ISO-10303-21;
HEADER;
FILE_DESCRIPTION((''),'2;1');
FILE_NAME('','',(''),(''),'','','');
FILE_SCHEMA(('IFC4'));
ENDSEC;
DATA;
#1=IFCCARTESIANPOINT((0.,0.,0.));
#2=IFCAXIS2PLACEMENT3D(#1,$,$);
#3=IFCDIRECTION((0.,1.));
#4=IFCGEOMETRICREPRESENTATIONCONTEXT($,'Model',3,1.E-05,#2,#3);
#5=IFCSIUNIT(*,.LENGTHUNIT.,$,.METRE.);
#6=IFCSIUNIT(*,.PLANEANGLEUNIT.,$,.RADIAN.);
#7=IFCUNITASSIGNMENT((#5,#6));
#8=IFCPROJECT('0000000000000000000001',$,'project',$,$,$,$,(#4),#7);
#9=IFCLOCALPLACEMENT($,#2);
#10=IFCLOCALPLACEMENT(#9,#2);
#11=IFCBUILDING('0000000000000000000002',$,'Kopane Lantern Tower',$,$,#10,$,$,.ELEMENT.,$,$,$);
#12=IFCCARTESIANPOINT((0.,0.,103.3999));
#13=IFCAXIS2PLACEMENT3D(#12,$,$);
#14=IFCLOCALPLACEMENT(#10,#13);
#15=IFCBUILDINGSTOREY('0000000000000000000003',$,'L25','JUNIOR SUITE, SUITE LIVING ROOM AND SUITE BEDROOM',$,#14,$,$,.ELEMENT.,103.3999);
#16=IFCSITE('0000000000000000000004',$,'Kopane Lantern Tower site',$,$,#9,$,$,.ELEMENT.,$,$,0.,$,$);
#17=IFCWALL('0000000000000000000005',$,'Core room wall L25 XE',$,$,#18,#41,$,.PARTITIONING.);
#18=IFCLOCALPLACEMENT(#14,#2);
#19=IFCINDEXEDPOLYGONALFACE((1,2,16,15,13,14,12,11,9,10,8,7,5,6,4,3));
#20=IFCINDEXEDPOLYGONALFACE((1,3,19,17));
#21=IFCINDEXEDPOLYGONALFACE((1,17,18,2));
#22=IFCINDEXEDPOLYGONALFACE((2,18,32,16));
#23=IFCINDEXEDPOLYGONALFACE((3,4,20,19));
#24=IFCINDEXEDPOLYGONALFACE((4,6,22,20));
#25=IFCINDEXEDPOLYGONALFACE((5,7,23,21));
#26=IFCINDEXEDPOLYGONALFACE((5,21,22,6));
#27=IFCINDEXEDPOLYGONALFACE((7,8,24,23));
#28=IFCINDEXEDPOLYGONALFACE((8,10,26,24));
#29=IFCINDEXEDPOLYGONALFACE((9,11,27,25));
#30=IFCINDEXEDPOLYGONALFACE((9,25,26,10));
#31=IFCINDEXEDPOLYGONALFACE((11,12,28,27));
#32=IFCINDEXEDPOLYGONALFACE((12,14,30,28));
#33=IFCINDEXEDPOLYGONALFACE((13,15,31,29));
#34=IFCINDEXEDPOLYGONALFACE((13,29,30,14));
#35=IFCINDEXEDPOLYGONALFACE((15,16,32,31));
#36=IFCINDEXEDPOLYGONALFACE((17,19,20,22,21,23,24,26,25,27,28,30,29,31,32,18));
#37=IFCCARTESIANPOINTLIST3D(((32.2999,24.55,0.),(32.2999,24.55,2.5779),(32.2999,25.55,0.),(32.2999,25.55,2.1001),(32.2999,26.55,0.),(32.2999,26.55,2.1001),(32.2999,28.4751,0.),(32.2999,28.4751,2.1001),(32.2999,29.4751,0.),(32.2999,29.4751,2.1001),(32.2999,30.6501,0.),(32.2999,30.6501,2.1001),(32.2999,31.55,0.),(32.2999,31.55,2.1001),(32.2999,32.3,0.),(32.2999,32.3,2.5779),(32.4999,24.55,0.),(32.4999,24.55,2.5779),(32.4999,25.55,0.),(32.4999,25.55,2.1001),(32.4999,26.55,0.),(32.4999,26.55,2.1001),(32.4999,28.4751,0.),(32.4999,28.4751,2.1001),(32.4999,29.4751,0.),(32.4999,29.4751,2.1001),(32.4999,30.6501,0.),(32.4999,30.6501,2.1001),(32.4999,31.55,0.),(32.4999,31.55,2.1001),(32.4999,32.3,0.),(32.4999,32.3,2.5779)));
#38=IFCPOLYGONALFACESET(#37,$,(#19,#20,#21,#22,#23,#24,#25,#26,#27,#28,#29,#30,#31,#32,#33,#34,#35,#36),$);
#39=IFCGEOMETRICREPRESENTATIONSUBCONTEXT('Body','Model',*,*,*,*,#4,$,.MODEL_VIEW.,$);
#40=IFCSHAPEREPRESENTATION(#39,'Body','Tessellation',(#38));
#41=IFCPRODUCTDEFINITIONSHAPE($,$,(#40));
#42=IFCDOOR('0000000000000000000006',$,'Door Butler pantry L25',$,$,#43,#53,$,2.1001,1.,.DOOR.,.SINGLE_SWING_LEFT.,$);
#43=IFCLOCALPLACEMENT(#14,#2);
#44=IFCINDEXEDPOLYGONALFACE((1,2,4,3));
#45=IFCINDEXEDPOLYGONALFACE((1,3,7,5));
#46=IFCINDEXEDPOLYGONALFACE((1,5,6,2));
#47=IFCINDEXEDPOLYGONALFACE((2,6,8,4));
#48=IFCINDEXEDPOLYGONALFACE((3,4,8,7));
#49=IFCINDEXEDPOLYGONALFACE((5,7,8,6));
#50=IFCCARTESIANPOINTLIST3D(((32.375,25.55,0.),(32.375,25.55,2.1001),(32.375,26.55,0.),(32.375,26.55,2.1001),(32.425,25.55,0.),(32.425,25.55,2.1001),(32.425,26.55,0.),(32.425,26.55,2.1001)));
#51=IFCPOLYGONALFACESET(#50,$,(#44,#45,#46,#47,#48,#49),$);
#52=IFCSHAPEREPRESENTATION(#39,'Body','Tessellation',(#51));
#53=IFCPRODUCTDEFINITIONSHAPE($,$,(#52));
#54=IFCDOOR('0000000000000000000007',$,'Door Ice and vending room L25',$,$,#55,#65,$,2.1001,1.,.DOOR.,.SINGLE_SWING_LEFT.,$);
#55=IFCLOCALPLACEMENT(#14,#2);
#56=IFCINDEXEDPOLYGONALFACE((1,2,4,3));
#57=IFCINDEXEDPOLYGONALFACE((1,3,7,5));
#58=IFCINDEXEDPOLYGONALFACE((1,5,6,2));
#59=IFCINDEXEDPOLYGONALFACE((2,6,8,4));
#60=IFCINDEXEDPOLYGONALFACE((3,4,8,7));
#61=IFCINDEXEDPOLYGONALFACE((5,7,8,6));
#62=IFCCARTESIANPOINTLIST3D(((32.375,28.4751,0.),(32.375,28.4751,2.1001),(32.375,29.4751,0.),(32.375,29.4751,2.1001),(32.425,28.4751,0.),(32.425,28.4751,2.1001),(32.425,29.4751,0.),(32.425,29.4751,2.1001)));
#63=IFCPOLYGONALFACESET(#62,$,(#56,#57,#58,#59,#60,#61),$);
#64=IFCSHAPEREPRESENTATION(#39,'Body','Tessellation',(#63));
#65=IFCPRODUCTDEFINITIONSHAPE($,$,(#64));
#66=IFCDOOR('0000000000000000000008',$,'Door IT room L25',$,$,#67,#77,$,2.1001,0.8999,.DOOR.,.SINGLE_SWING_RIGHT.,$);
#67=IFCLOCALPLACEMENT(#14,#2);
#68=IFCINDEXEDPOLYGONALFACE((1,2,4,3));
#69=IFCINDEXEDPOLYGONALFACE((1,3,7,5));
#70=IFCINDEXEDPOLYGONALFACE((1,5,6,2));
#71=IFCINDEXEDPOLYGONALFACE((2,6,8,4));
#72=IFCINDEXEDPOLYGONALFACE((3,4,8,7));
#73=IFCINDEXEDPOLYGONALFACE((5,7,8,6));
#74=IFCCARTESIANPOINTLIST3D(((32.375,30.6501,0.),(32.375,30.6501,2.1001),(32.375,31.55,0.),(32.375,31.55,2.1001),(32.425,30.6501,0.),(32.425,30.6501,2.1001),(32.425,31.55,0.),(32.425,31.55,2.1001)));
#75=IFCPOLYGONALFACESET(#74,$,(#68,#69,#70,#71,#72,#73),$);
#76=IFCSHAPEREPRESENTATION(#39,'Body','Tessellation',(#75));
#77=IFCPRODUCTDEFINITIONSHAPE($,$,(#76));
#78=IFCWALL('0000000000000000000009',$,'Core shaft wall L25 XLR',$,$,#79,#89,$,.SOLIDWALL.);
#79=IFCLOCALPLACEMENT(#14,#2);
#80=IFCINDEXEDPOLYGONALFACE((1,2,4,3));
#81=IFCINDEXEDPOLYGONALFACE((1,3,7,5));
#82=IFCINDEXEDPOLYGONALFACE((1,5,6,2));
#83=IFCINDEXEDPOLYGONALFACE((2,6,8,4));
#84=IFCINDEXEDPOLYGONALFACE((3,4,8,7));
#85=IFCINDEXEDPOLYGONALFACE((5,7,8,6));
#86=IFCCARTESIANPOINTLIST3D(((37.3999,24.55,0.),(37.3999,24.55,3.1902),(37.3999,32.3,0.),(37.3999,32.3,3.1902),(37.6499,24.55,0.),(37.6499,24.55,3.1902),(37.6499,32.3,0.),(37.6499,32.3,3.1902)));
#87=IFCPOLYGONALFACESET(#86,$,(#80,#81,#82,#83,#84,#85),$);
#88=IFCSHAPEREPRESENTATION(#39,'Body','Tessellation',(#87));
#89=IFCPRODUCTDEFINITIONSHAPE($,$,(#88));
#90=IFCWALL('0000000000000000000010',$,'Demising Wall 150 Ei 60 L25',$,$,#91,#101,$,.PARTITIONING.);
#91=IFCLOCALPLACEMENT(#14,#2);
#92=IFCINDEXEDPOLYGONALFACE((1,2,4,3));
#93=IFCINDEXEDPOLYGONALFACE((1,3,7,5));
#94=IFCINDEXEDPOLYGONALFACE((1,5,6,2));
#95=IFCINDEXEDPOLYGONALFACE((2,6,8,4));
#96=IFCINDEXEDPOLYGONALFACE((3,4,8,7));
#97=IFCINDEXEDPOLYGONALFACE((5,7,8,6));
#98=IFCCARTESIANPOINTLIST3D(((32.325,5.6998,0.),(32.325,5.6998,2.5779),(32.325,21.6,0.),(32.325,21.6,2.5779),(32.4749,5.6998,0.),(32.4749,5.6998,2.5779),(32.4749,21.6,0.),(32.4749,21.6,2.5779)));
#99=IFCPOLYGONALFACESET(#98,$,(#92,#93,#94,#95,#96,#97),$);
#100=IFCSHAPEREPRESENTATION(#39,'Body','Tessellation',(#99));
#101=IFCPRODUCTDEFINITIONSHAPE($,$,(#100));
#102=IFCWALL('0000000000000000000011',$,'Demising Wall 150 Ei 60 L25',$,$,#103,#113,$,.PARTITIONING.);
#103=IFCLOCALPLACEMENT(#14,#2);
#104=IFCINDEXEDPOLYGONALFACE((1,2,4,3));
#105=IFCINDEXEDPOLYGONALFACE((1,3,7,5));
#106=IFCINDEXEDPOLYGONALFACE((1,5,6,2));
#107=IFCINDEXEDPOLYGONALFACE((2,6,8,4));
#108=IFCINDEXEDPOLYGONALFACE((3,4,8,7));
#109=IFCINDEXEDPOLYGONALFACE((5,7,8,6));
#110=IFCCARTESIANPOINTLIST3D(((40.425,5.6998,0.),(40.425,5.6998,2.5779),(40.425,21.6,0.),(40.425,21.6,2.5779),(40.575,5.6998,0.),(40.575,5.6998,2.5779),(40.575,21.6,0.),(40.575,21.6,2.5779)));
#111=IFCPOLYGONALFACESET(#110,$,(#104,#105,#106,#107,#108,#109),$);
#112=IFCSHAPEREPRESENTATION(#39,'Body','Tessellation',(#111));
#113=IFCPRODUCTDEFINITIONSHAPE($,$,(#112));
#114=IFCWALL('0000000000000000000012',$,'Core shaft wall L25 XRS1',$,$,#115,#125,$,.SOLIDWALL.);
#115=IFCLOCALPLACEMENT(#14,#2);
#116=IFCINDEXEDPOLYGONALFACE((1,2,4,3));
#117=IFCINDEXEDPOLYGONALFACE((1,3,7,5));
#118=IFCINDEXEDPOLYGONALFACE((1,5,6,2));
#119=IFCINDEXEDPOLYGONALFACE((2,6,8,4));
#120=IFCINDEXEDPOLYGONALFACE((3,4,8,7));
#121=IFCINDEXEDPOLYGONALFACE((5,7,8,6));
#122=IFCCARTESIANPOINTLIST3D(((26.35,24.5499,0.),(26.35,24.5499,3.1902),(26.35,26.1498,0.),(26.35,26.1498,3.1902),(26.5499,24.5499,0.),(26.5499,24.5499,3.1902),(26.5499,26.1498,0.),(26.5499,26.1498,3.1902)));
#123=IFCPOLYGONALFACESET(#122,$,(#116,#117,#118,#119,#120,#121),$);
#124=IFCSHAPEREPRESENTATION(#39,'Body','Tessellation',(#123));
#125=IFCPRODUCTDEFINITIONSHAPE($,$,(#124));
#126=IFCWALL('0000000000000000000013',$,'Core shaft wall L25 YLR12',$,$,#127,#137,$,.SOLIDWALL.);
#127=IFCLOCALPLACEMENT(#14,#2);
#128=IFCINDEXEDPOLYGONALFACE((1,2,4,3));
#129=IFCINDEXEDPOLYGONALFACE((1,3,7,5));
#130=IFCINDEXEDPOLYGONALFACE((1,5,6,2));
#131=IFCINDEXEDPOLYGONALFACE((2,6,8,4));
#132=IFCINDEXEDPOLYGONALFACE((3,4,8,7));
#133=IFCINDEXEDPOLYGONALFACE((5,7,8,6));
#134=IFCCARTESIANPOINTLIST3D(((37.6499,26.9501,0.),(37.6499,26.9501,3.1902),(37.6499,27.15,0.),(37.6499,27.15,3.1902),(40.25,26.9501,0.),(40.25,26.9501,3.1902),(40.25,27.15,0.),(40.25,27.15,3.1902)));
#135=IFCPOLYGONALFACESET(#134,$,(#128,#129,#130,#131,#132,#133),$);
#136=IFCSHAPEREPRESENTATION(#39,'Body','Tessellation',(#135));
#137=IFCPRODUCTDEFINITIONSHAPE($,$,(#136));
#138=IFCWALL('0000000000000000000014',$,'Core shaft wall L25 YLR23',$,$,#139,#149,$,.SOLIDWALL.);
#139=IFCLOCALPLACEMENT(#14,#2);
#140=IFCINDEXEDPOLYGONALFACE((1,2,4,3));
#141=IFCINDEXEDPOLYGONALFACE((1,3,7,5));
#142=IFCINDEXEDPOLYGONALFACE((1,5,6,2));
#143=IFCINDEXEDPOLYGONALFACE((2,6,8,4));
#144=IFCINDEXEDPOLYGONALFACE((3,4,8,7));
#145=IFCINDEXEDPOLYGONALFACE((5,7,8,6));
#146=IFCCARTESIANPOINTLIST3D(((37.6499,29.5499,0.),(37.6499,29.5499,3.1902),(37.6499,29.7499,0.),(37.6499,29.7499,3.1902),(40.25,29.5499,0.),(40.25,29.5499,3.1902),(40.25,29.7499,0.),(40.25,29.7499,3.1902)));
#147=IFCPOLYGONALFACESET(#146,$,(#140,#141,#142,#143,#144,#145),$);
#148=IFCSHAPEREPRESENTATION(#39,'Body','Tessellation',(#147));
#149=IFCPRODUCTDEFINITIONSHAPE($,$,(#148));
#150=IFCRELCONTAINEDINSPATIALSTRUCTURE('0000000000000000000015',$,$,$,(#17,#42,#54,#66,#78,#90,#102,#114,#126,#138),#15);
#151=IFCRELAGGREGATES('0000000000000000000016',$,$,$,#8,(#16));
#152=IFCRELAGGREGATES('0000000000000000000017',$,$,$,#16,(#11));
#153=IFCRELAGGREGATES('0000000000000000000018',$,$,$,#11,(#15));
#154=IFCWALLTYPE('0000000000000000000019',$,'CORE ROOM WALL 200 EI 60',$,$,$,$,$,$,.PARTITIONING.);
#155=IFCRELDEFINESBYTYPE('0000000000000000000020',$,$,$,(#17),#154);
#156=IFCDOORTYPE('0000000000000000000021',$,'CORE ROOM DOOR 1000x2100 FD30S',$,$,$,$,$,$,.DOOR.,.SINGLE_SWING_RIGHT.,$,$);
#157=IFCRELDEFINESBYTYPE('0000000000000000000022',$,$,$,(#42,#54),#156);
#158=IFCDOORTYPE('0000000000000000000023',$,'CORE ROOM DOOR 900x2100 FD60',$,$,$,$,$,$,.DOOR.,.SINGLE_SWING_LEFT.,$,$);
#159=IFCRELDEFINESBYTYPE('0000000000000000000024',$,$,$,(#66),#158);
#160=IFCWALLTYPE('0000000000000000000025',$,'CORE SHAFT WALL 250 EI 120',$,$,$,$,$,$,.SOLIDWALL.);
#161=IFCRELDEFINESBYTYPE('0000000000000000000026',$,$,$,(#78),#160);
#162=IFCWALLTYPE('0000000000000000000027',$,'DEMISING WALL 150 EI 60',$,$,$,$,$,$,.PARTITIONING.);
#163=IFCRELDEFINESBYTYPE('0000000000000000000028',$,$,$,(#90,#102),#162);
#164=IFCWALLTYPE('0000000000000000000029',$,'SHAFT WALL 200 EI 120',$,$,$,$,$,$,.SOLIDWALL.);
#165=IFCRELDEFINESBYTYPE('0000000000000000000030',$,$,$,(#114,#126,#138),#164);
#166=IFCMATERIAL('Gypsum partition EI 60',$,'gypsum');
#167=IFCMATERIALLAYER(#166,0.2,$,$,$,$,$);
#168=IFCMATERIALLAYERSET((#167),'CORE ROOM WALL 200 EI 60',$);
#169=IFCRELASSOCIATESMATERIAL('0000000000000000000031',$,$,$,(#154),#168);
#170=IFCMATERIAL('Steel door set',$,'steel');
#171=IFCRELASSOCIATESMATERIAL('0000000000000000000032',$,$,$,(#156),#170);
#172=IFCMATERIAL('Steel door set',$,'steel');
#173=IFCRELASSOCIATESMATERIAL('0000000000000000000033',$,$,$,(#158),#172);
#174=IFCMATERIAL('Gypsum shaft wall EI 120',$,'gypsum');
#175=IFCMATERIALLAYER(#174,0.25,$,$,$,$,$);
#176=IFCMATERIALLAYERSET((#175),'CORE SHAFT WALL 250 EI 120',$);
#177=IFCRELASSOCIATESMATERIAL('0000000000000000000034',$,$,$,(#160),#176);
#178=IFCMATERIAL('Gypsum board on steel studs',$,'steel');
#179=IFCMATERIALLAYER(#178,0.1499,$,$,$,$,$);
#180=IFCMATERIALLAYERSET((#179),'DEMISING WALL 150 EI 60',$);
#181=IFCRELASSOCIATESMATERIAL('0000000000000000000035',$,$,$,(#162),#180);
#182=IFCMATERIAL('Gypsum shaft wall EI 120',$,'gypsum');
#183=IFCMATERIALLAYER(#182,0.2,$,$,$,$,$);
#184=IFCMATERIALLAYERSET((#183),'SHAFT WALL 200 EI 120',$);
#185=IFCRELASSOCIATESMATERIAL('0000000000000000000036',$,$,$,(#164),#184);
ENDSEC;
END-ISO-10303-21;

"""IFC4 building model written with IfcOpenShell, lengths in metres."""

from ifc_helpers import new_model, si_unit, direction, frame, frame_2d, origin, place, context, subcontext, project, spatial, rectangle, extrude, material, layer, layer_set, type_object, element, fill, save


model = new_model("IFC4")

# Units and contexts
model_context = context("Model", 3, precision=1e-05, world=origin(), true_north=direction((0.0, 1.0)))
body_context = subcontext(model_context, "Body", "Model", "MODEL_VIEW")
ifc_project = project(units=[si_unit("LENGTHUNIT", "METRE"), si_unit("PLANEANGLEUNIT", "RADIAN")], contexts=[model_context])

# Site, building, storey
site_placement = place(None, origin())
site = spatial("IfcSite", under=ifc_project, at=site_placement, Name="Kopane Lantern Tower site", CompositionType="ELEMENT", RefElevation=0.0)
building_placement = place(site_placement, origin())
building = spatial("IfcBuilding", under=site, at=building_placement, Name="Kopane Lantern Tower", CompositionType="ELEMENT")
storey_placement = place(building_placement, frame((0.0, 0.0, 103.3999)))
storey = spatial("IfcBuildingStorey", under=building, at=storey_placement, Name="L25", Description="JUNIOR SUITE, SUITE LIVING ROOM AND SUITE BEDROOM", CompositionType="ELEMENT", Elevation=103.3999)

# Wall, openings, doors
ifc_material_1 = material(Name="Gypsum partition EI 60", Category="gypsum")
ifc_layer_1 = layer(ifc_material_1, 0.2)
ifc_layer_set_1 = layer_set([ifc_layer_1], Name="CORE ROOM WALL 200 EI 60")
wall_type_1 = type_object("IfcWallType", Name="CORE ROOM WALL 200 EI 60", PredefinedType="PARTITIONING", material=ifc_layer_set_1)
wall_1_placement = place(storey_placement, frame((32.3999, 24.55, 0.0), z_axis=(0.0, 0.0, 1.0), x_axis=(0.0, 1.0, 0.0)))
wall_1 = element("IfcWall", 1, at=wall_1_placement, inside=storey, type_object=wall_type_1, Name="Core room wall L25 XE", PredefinedType="PARTITIONING", context=body_context, shape_type="SweptSolid", body=[
    extrude(rectangle(XDim=7.75, YDim=0.2, at=frame_2d((3.875, 0.0))), origin(), (0.0, 0.0, 1.0), 2.5779),
])
opening_1_placement = place(wall_1_placement, frame((1.0, 0.0, 0.0)))
opening_1 = element("IfcOpeningElement", 2, at=opening_1_placement, cuts=wall_1, PredefinedType="OPENING", context=body_context, shape_type="SweptSolid", body=[
    extrude(rectangle(XDim=1.0, YDim=2.1001, at=frame_2d((0.5, 1.05))), frame((0.0, 0.1099, 0.0), z_axis=(0.0, -1.0, 0.0), x_axis=(1.0, 0.0, 0.0)), (0.0, 0.0, 1.0), 0.22),
])
opening_2_placement = place(wall_1_placement, frame((3.925, 0.0, 0.0)))
opening_2 = element("IfcOpeningElement", 3, at=opening_2_placement, cuts=wall_1, PredefinedType="OPENING", context=body_context, shape_type="SweptSolid", body=[
    extrude(rectangle(XDim=1.0, YDim=2.1001, at=frame_2d((0.5, 1.05))), frame((0.0, 0.1099, 0.0), z_axis=(0.0, -1.0, 0.0), x_axis=(1.0, 0.0, 0.0)), (0.0, 0.0, 1.0), 0.22),
])
opening_3_placement = place(wall_1_placement, frame((6.1001, 0.0, 0.0)))
opening_3 = element("IfcOpeningElement", 4, at=opening_3_placement, cuts=wall_1, PredefinedType="OPENING", context=body_context, shape_type="SweptSolid", body=[
    extrude(rectangle(XDim=0.8999, YDim=2.1001, at=frame_2d((0.45, 1.05))), frame((0.0, 0.1099, 0.0), z_axis=(0.0, -1.0, 0.0), x_axis=(1.0, 0.0, 0.0)), (0.0, 0.0, 1.0), 0.22),
])
ifc_material_2 = material(Name="Steel door set", Category="steel")
door_type_1 = type_object("IfcDoorType", Name="CORE ROOM DOOR 1000x2100 FD30S", OperationType="SINGLE_SWING_RIGHT", PredefinedType="DOOR", material=ifc_material_2)
door_1_placement = place(opening_1_placement, origin())
door_1 = element("IfcDoor", 5, at=door_1_placement, inside=storey, type_object=door_type_1, Name="Door Butler pantry L25", OperationType="SINGLE_SWING_LEFT", OverallHeight=2.1001, OverallWidth=1.0, PredefinedType="DOOR", context=body_context, shape_type="SweptSolid", body=[
    extrude(rectangle(XDim=1.0, YDim=2.1001, at=frame_2d((0.5, 1.05))), frame((0.0, 0.0249, 0.0), z_axis=(0.0, -1.0, 0.0), x_axis=(1.0, 0.0, 0.0)), (0.0, 0.0, 1.0), 0.05),
])
fill(opening_1, door_1)
door_2_placement = place(opening_2_placement, origin())
door_2 = element("IfcDoor", 6, at=door_2_placement, inside=storey, type_object=door_type_1, Name="Door Ice and vending room L25", OperationType="SINGLE_SWING_LEFT", OverallHeight=2.1001, OverallWidth=1.0, PredefinedType="DOOR", context=body_context, shape_type="SweptSolid", body=[
    extrude(rectangle(XDim=1.0, YDim=2.1001, at=frame_2d((0.5, 1.05))), frame((0.0, 0.0249, 0.0), z_axis=(0.0, -1.0, 0.0), x_axis=(1.0, 0.0, 0.0)), (0.0, 0.0, 1.0), 0.05),
])
fill(opening_2, door_2)
ifc_material_3 = material(Name="Steel door set", Category="steel")
door_type_2 = type_object("IfcDoorType", Name="CORE ROOM DOOR 900x2100 FD60", OperationType="SINGLE_SWING_LEFT", PredefinedType="DOOR", material=ifc_material_3)
door_3_placement = place(opening_3_placement, origin())
door_3 = element("IfcDoor", 7, at=door_3_placement, inside=storey, type_object=door_type_2, Name="Door IT room L25", OperationType="SINGLE_SWING_RIGHT", OverallHeight=2.1001, OverallWidth=0.8999, PredefinedType="DOOR", context=body_context, shape_type="SweptSolid", body=[
    extrude(rectangle(XDim=0.8999, YDim=2.1001, at=frame_2d((0.45, 1.05))), frame((0.0, 0.0249, 0.0), z_axis=(0.0, -1.0, 0.0), x_axis=(1.0, 0.0, 0.0)), (0.0, 0.0, 1.0), 0.05),
])
fill(opening_3, door_3)

# Walls
ifc_material_4 = material(Name="Gypsum shaft wall EI 120", Category="gypsum")
ifc_layer_2 = layer(ifc_material_4, 0.25)
ifc_layer_set_2 = layer_set([ifc_layer_2], Name="CORE SHAFT WALL 250 EI 120")
wall_type_2 = type_object("IfcWallType", Name="CORE SHAFT WALL 250 EI 120", PredefinedType="SOLIDWALL", material=ifc_layer_set_2)
wall_2_placement = place(storey_placement, frame((37.5249, 24.55, 0.0), z_axis=(0.0, 0.0, 1.0), x_axis=(0.0, 1.0, 0.0)))
element("IfcWall", 8, at=wall_2_placement, inside=storey, type_object=wall_type_2, Name="Core shaft wall L25 XLR", PredefinedType="SOLIDWALL", context=body_context, shape_type="SweptSolid", body=[
    extrude(rectangle(XDim=7.75, YDim=0.25, at=frame_2d((3.875, 0.0))), origin(), (0.0, 0.0, 1.0), 3.1902),
])
ifc_material_5 = material(Name="Gypsum board on steel studs", Category="steel")
ifc_layer_3 = layer(ifc_material_5, 0.1499)
ifc_layer_set_3 = layer_set([ifc_layer_3], Name="DEMISING WALL 150 EI 60")
wall_type_3 = type_object("IfcWallType", Name="DEMISING WALL 150 EI 60", PredefinedType="PARTITIONING", material=ifc_layer_set_3)
for number, where, z_axis, x_axis, name in (
    (9, (32.3999, 21.6001, 0.0), (0.0, 0.0, 1.0), (0.0, -1.0, 0.0), "Demising Wall 150 Ei 60 L25"),
    (10, (40.5, 21.6001, 0.0), (0.0, 0.0, 1.0), (0.0, -1.0, 0.0), "Demising Wall 150 Ei 60 L25"),
):
    element("IfcWall", number, at=place(storey_placement, frame(where, z_axis=z_axis, x_axis=x_axis)), inside=storey, type_object=wall_type_3, Name=name, PredefinedType="PARTITIONING", context=body_context, shape_type="SweptSolid", body=[
        extrude(rectangle(XDim=15.9001, YDim=0.1499, at=frame_2d((7.9502, 0.0))), origin(), (0.0, 0.0, 1.0), 2.5779),
    ])
ifc_material_6 = material(Name="Gypsum shaft wall EI 120", Category="gypsum")
ifc_layer_4 = layer(ifc_material_6, 0.2)
ifc_layer_set_4 = layer_set([ifc_layer_4], Name="SHAFT WALL 200 EI 120")
wall_type_4 = type_object("IfcWallType", Name="SHAFT WALL 200 EI 120", PredefinedType="SOLIDWALL", material=ifc_layer_set_4)
wall_3_placement = place(storey_placement, frame((26.45, 24.55, 0.0), z_axis=(0.0, 0.0, 1.0), x_axis=(0.0, 1.0, 0.0)))
element("IfcWall", 11, at=wall_3_placement, inside=storey, type_object=wall_type_4, Name="Core shaft wall L25 XRS1", PredefinedType="SOLIDWALL", context=body_context, shape_type="SweptSolid", body=[
    extrude(rectangle(XDim=1.5999, YDim=0.2, at=frame_2d((0.7998, 0.0))), origin(), (0.0, 0.0, 1.0), 3.1902),
])
for number, where, z_axis, x_axis, name in (
    (12, (37.6499, 27.05, 0.0), (0.0, 0.0, 1.0), (1.0, 0.0, 0.0), "Core shaft wall L25 YLR12"),
    (13, (37.6499, 29.6499, 0.0), (0.0, 0.0, 1.0), (1.0, 0.0, 0.0), "Core shaft wall L25 YLR23"),
):
    element("IfcWall", number, at=place(storey_placement, frame(where, z_axis=z_axis, x_axis=x_axis)), inside=storey, type_object=wall_type_4, Name=name, PredefinedType="SOLIDWALL", context=body_context, shape_type="SweptSolid", body=[
        extrude(rectangle(XDim=2.6001, YDim=0.2, at=frame_2d((1.3, 0.0))), origin(), (0.0, 0.0, 1.0), 3.1902),
    ])

save(model, "model.ifc")
